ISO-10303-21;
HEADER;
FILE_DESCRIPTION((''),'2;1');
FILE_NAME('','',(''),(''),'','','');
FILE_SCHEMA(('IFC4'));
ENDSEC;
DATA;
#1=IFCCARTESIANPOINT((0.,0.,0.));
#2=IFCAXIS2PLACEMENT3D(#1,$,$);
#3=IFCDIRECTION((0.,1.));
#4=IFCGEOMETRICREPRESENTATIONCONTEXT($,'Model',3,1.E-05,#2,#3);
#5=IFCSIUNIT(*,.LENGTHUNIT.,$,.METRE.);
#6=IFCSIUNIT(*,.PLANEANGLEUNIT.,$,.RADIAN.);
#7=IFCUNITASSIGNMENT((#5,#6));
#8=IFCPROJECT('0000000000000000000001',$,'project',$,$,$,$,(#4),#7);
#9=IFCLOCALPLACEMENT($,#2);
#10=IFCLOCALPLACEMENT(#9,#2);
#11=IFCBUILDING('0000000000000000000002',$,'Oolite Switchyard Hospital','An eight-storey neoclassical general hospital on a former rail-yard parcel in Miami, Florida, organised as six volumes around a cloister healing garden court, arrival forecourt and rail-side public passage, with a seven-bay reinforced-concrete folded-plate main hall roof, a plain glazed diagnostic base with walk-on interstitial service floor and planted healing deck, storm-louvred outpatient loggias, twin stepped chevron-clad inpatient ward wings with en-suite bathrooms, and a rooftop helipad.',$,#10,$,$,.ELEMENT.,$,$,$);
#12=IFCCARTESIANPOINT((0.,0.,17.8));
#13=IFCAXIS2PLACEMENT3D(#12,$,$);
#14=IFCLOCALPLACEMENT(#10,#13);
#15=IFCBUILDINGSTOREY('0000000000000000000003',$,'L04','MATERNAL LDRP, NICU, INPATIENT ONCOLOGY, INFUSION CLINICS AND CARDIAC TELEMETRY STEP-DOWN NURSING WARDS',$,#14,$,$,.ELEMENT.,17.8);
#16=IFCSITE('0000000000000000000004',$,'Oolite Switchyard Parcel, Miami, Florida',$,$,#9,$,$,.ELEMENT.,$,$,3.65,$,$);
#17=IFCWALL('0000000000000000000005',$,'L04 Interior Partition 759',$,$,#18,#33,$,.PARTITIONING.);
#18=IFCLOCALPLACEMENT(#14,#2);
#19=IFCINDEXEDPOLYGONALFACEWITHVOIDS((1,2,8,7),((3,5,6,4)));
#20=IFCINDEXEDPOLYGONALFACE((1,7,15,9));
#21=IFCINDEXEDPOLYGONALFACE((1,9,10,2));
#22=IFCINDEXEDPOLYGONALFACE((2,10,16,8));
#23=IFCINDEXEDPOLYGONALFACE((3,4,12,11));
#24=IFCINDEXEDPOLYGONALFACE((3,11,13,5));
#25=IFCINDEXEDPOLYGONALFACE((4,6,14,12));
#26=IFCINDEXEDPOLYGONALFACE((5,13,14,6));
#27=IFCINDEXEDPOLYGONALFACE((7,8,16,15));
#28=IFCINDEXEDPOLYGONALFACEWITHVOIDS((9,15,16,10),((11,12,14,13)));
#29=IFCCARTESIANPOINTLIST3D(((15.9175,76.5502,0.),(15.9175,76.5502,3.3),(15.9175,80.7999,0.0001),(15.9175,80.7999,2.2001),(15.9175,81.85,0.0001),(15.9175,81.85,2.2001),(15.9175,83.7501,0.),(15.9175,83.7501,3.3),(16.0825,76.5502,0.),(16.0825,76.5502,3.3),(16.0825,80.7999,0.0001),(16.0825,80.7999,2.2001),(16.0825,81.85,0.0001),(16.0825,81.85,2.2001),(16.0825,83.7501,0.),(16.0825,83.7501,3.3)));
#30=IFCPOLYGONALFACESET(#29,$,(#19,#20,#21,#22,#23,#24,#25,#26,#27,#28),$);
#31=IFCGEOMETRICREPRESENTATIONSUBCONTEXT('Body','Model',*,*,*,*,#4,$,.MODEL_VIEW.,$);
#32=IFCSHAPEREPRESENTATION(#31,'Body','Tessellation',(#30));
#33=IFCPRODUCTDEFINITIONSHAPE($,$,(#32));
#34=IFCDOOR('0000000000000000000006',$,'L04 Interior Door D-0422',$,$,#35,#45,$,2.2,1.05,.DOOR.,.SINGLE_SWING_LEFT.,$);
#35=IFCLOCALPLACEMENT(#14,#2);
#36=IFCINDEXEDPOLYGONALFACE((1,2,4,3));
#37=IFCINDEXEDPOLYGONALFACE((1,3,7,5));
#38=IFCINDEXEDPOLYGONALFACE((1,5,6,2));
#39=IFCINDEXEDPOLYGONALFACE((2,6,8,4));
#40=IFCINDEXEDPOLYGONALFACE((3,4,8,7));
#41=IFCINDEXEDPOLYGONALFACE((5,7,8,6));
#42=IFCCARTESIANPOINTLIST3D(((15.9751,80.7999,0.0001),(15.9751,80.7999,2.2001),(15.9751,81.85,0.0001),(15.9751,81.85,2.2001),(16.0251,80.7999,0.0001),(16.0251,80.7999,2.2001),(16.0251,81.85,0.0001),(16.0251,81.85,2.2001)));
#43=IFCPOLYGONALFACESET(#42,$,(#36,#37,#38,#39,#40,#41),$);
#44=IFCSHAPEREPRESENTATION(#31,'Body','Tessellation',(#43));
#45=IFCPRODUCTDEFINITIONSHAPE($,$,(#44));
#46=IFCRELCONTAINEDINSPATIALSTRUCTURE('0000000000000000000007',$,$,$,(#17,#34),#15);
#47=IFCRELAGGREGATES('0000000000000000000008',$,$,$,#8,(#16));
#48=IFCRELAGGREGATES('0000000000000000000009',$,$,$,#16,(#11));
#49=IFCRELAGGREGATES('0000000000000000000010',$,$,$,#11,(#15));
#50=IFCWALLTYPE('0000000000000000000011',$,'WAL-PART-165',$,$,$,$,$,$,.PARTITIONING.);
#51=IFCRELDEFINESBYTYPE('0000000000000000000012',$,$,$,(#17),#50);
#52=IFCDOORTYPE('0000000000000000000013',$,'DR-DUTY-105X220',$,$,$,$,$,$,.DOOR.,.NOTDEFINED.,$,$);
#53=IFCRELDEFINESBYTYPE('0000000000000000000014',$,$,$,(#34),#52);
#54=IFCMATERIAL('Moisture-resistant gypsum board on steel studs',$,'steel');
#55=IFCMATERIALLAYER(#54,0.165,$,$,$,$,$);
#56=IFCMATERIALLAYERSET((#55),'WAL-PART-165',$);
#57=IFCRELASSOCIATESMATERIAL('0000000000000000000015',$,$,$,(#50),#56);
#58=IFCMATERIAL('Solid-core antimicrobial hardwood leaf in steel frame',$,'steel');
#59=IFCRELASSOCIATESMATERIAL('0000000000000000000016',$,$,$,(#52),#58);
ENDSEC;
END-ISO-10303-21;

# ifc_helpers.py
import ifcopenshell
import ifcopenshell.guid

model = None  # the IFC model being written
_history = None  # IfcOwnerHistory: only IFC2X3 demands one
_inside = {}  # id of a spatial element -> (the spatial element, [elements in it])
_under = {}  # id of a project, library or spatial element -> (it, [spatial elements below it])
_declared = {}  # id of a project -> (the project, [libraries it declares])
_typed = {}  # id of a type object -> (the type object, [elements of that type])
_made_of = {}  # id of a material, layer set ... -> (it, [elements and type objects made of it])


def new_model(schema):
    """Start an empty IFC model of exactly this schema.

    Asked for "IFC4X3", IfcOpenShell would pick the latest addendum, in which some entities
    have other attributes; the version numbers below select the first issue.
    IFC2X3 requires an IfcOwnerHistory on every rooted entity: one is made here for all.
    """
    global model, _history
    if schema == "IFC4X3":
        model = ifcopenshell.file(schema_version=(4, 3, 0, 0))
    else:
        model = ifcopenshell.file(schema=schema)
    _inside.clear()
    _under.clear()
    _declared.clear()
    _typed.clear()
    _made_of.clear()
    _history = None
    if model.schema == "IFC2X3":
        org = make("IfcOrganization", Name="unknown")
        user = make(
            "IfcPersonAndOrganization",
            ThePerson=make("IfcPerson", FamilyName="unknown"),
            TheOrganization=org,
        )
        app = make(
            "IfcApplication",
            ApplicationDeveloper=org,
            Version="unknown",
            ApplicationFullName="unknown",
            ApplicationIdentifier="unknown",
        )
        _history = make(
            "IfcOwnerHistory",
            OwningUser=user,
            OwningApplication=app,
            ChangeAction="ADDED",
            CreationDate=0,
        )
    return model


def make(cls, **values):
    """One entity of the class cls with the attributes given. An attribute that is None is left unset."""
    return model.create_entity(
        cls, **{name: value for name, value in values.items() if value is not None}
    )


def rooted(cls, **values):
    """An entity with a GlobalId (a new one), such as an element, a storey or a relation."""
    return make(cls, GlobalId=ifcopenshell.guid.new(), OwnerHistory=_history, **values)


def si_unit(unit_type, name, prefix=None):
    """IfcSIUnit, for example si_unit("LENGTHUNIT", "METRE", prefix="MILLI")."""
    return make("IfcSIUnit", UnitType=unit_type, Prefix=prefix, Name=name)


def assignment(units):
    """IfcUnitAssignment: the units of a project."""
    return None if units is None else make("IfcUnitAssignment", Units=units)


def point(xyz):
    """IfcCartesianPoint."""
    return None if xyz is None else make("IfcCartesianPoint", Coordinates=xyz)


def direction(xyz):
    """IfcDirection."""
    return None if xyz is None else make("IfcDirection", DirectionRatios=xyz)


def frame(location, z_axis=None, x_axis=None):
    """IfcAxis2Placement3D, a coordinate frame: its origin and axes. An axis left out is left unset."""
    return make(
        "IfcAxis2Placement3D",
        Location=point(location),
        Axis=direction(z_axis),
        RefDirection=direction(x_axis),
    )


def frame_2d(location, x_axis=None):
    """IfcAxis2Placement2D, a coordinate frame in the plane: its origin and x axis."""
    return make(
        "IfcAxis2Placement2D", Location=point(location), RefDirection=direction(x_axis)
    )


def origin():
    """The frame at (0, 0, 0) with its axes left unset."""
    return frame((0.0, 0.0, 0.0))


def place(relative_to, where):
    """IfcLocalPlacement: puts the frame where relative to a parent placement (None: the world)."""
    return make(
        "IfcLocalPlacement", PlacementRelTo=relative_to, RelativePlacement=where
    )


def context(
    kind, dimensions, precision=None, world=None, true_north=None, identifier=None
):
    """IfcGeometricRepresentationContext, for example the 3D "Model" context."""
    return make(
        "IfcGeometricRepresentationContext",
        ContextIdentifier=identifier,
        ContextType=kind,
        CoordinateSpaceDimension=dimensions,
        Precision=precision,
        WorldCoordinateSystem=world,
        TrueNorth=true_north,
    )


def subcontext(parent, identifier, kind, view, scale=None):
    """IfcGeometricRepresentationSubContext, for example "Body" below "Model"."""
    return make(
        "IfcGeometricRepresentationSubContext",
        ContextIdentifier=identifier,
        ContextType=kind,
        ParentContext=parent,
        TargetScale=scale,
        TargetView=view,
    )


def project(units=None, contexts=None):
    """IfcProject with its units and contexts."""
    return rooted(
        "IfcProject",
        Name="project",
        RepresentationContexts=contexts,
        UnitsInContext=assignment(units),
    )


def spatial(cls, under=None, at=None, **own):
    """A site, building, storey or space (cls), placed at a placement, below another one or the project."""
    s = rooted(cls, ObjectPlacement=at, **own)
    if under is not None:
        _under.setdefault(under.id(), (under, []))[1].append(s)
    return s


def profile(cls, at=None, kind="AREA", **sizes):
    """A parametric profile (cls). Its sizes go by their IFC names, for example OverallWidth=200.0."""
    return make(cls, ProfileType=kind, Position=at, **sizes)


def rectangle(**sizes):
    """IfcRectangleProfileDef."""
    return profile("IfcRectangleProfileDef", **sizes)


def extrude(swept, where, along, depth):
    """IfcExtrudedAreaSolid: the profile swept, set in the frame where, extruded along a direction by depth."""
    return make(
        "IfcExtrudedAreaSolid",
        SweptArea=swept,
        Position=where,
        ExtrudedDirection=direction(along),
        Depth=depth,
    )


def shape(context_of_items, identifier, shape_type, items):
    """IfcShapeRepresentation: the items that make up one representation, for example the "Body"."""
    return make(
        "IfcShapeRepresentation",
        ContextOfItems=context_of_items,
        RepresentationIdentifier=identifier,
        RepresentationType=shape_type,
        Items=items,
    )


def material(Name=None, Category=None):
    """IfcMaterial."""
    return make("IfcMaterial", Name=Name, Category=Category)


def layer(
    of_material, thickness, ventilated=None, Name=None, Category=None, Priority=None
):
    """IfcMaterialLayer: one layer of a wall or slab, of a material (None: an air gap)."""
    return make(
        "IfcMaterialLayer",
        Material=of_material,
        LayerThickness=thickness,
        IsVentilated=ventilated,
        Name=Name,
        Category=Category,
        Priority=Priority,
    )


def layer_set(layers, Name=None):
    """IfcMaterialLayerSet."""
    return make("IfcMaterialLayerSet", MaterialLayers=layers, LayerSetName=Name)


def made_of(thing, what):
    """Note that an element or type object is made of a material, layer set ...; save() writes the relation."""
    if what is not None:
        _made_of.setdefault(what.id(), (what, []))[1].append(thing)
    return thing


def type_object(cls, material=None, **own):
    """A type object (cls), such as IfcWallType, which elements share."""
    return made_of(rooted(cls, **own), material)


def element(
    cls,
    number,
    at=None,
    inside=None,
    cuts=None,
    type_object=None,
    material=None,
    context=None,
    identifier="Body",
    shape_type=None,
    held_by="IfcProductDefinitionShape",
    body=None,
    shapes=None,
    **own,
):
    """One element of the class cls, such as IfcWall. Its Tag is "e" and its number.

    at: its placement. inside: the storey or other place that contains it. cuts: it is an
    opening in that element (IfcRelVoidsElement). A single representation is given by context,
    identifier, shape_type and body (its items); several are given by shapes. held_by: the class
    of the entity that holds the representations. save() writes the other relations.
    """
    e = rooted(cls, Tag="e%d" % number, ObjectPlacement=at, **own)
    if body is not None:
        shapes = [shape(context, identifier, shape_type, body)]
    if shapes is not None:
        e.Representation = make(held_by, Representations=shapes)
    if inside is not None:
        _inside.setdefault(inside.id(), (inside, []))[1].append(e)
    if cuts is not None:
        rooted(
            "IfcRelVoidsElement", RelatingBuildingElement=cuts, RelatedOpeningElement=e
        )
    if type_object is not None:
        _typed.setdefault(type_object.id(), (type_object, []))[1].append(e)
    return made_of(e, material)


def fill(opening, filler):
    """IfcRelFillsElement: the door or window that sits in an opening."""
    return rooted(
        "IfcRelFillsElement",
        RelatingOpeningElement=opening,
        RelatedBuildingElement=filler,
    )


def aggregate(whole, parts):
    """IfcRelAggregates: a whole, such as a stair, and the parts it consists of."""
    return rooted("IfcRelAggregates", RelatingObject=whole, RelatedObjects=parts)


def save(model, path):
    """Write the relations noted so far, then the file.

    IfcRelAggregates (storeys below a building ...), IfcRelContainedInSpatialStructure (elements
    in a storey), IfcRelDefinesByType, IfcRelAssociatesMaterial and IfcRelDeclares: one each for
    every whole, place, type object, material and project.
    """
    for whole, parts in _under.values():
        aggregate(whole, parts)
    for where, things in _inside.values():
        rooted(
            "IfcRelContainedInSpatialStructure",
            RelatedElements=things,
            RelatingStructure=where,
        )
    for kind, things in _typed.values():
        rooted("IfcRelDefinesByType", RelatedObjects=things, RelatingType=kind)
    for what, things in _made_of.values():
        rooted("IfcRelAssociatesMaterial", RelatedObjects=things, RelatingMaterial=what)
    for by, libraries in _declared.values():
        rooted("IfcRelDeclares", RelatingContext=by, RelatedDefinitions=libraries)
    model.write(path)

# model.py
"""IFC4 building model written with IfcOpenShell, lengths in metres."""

from ifc_helpers import new_model, si_unit, direction, frame, frame_2d, origin, place, context, subcontext, project, spatial, rectangle, extrude, material, layer, layer_set, type_object, element, fill, save


model = new_model("IFC4")

# Units and contexts
model_context = context("Model", 3, precision=1e-05, world=origin(), true_north=direction((0.0, 1.0)))
body_context = subcontext(model_context, "Body", "Model", "MODEL_VIEW")
ifc_project = project(units=[si_unit("LENGTHUNIT", "METRE"), si_unit("PLANEANGLEUNIT", "RADIAN")], contexts=[model_context])

# Site, building, storey
site_placement = place(None, origin())
site = spatial("IfcSite", under=ifc_project, at=site_placement, Name="Oolite Switchyard Parcel, Miami, Florida", CompositionType="ELEMENT", RefElevation=3.65)
building_placement = place(site_placement, origin())
building = spatial("IfcBuilding", under=site, at=building_placement, Name="Oolite Switchyard Hospital", Description="An eight-storey neoclassical general hospital on a former rail-yard parcel in Miami, Florida, organised as six volumes around a cloister healing garden court, arrival forecourt and rail-side public passage, with a seven-bay reinforced-concrete folded-plate main hall roof, a plain glazed diagnostic base with walk-on interstitial service floor and planted healing deck, storm-louvred outpatient loggias, twin stepped chevron-clad inpatient ward wings with en-suite bathrooms, and a rooftop helipad.", CompositionType="ELEMENT")
storey_placement = place(building_placement, frame((0.0, 0.0, 17.8)))
storey = spatial("IfcBuildingStorey", under=building, at=storey_placement, Name="L04", Description="MATERNAL LDRP, NICU, INPATIENT ONCOLOGY, INFUSION CLINICS AND CARDIAC TELEMETRY STEP-DOWN NURSING WARDS", CompositionType="ELEMENT", Elevation=17.8)

# Shared definitions
ifc_material_1 = material(Name="Moisture-resistant gypsum board on steel studs", Category="steel")

# Shared definitions
ifc_material_2 = material(Name="Solid-core antimicrobial hardwood leaf in steel frame", Category="steel")

# Wall, opening, door
ifc_layer_1 = layer(ifc_material_1, 0.165)
ifc_layer_set_1 = layer_set([ifc_layer_1], Name="WAL-PART-165")
wall_type_1 = type_object("IfcWallType", Name="WAL-PART-165", PredefinedType="PARTITIONING", material=ifc_layer_set_1)
wall_1_placement = place(storey_placement, frame((16.0, 76.55, 0.0), z_axis=(0.0, 0.0, 1.0), x_axis=(0.0, 1.0, 0.0)))
wall_1 = element("IfcWall", 1, at=wall_1_placement, inside=storey, type_object=wall_type_1, Name="L04 Interior Partition 759", PredefinedType="PARTITIONING", context=body_context, shape_type="SweptSolid", body=[
    extrude(rectangle(XDim=7.2, YDim=0.165, at=frame_2d((3.6001, 0.0))), origin(), (0.0, 0.0, 1.0), 3.3),
])
opening_1_placement = place(wall_1_placement, frame((4.25, 0.0, 0.0)))
opening_1 = element("IfcOpeningElement", 2, at=opening_1_placement, cuts=wall_1, PredefinedType="OPENING", context=body_context, shape_type="SweptSolid", body=[
    extrude(rectangle(XDim=1.05, YDim=2.2, at=frame_2d((0.5249, 1.1001))), frame((0.0, 0.0925, 0.0), z_axis=(0.0, -1.0, 0.0), x_axis=(1.0, 0.0, 0.0)), (0.0, 0.0, 1.0), 0.1851),
])
door_type_1 = type_object("IfcDoorType", Name="DR-DUTY-105X220", OperationType="NOTDEFINED", PredefinedType="DOOR", material=ifc_material_2)
door_1_placement = place(opening_1_placement, origin())
door_1 = element("IfcDoor", 3, at=door_1_placement, inside=storey, type_object=door_type_1, Name="L04 Interior Door D-0422", OperationType="SINGLE_SWING_LEFT", OverallHeight=2.2, OverallWidth=1.05, PredefinedType="DOOR", context=body_context, shape_type="SweptSolid", body=[
    extrude(rectangle(XDim=1.05, YDim=2.2, at=frame_2d((0.5249, 1.1001))), frame((0.0, 0.0249, 0.0), z_axis=(0.0, -1.0, 0.0), x_axis=(1.0, 0.0, 0.0)), (0.0, 0.0, 1.0), 0.05),
])
fill(opening_1, door_1)

save(model, "model.ifc")
